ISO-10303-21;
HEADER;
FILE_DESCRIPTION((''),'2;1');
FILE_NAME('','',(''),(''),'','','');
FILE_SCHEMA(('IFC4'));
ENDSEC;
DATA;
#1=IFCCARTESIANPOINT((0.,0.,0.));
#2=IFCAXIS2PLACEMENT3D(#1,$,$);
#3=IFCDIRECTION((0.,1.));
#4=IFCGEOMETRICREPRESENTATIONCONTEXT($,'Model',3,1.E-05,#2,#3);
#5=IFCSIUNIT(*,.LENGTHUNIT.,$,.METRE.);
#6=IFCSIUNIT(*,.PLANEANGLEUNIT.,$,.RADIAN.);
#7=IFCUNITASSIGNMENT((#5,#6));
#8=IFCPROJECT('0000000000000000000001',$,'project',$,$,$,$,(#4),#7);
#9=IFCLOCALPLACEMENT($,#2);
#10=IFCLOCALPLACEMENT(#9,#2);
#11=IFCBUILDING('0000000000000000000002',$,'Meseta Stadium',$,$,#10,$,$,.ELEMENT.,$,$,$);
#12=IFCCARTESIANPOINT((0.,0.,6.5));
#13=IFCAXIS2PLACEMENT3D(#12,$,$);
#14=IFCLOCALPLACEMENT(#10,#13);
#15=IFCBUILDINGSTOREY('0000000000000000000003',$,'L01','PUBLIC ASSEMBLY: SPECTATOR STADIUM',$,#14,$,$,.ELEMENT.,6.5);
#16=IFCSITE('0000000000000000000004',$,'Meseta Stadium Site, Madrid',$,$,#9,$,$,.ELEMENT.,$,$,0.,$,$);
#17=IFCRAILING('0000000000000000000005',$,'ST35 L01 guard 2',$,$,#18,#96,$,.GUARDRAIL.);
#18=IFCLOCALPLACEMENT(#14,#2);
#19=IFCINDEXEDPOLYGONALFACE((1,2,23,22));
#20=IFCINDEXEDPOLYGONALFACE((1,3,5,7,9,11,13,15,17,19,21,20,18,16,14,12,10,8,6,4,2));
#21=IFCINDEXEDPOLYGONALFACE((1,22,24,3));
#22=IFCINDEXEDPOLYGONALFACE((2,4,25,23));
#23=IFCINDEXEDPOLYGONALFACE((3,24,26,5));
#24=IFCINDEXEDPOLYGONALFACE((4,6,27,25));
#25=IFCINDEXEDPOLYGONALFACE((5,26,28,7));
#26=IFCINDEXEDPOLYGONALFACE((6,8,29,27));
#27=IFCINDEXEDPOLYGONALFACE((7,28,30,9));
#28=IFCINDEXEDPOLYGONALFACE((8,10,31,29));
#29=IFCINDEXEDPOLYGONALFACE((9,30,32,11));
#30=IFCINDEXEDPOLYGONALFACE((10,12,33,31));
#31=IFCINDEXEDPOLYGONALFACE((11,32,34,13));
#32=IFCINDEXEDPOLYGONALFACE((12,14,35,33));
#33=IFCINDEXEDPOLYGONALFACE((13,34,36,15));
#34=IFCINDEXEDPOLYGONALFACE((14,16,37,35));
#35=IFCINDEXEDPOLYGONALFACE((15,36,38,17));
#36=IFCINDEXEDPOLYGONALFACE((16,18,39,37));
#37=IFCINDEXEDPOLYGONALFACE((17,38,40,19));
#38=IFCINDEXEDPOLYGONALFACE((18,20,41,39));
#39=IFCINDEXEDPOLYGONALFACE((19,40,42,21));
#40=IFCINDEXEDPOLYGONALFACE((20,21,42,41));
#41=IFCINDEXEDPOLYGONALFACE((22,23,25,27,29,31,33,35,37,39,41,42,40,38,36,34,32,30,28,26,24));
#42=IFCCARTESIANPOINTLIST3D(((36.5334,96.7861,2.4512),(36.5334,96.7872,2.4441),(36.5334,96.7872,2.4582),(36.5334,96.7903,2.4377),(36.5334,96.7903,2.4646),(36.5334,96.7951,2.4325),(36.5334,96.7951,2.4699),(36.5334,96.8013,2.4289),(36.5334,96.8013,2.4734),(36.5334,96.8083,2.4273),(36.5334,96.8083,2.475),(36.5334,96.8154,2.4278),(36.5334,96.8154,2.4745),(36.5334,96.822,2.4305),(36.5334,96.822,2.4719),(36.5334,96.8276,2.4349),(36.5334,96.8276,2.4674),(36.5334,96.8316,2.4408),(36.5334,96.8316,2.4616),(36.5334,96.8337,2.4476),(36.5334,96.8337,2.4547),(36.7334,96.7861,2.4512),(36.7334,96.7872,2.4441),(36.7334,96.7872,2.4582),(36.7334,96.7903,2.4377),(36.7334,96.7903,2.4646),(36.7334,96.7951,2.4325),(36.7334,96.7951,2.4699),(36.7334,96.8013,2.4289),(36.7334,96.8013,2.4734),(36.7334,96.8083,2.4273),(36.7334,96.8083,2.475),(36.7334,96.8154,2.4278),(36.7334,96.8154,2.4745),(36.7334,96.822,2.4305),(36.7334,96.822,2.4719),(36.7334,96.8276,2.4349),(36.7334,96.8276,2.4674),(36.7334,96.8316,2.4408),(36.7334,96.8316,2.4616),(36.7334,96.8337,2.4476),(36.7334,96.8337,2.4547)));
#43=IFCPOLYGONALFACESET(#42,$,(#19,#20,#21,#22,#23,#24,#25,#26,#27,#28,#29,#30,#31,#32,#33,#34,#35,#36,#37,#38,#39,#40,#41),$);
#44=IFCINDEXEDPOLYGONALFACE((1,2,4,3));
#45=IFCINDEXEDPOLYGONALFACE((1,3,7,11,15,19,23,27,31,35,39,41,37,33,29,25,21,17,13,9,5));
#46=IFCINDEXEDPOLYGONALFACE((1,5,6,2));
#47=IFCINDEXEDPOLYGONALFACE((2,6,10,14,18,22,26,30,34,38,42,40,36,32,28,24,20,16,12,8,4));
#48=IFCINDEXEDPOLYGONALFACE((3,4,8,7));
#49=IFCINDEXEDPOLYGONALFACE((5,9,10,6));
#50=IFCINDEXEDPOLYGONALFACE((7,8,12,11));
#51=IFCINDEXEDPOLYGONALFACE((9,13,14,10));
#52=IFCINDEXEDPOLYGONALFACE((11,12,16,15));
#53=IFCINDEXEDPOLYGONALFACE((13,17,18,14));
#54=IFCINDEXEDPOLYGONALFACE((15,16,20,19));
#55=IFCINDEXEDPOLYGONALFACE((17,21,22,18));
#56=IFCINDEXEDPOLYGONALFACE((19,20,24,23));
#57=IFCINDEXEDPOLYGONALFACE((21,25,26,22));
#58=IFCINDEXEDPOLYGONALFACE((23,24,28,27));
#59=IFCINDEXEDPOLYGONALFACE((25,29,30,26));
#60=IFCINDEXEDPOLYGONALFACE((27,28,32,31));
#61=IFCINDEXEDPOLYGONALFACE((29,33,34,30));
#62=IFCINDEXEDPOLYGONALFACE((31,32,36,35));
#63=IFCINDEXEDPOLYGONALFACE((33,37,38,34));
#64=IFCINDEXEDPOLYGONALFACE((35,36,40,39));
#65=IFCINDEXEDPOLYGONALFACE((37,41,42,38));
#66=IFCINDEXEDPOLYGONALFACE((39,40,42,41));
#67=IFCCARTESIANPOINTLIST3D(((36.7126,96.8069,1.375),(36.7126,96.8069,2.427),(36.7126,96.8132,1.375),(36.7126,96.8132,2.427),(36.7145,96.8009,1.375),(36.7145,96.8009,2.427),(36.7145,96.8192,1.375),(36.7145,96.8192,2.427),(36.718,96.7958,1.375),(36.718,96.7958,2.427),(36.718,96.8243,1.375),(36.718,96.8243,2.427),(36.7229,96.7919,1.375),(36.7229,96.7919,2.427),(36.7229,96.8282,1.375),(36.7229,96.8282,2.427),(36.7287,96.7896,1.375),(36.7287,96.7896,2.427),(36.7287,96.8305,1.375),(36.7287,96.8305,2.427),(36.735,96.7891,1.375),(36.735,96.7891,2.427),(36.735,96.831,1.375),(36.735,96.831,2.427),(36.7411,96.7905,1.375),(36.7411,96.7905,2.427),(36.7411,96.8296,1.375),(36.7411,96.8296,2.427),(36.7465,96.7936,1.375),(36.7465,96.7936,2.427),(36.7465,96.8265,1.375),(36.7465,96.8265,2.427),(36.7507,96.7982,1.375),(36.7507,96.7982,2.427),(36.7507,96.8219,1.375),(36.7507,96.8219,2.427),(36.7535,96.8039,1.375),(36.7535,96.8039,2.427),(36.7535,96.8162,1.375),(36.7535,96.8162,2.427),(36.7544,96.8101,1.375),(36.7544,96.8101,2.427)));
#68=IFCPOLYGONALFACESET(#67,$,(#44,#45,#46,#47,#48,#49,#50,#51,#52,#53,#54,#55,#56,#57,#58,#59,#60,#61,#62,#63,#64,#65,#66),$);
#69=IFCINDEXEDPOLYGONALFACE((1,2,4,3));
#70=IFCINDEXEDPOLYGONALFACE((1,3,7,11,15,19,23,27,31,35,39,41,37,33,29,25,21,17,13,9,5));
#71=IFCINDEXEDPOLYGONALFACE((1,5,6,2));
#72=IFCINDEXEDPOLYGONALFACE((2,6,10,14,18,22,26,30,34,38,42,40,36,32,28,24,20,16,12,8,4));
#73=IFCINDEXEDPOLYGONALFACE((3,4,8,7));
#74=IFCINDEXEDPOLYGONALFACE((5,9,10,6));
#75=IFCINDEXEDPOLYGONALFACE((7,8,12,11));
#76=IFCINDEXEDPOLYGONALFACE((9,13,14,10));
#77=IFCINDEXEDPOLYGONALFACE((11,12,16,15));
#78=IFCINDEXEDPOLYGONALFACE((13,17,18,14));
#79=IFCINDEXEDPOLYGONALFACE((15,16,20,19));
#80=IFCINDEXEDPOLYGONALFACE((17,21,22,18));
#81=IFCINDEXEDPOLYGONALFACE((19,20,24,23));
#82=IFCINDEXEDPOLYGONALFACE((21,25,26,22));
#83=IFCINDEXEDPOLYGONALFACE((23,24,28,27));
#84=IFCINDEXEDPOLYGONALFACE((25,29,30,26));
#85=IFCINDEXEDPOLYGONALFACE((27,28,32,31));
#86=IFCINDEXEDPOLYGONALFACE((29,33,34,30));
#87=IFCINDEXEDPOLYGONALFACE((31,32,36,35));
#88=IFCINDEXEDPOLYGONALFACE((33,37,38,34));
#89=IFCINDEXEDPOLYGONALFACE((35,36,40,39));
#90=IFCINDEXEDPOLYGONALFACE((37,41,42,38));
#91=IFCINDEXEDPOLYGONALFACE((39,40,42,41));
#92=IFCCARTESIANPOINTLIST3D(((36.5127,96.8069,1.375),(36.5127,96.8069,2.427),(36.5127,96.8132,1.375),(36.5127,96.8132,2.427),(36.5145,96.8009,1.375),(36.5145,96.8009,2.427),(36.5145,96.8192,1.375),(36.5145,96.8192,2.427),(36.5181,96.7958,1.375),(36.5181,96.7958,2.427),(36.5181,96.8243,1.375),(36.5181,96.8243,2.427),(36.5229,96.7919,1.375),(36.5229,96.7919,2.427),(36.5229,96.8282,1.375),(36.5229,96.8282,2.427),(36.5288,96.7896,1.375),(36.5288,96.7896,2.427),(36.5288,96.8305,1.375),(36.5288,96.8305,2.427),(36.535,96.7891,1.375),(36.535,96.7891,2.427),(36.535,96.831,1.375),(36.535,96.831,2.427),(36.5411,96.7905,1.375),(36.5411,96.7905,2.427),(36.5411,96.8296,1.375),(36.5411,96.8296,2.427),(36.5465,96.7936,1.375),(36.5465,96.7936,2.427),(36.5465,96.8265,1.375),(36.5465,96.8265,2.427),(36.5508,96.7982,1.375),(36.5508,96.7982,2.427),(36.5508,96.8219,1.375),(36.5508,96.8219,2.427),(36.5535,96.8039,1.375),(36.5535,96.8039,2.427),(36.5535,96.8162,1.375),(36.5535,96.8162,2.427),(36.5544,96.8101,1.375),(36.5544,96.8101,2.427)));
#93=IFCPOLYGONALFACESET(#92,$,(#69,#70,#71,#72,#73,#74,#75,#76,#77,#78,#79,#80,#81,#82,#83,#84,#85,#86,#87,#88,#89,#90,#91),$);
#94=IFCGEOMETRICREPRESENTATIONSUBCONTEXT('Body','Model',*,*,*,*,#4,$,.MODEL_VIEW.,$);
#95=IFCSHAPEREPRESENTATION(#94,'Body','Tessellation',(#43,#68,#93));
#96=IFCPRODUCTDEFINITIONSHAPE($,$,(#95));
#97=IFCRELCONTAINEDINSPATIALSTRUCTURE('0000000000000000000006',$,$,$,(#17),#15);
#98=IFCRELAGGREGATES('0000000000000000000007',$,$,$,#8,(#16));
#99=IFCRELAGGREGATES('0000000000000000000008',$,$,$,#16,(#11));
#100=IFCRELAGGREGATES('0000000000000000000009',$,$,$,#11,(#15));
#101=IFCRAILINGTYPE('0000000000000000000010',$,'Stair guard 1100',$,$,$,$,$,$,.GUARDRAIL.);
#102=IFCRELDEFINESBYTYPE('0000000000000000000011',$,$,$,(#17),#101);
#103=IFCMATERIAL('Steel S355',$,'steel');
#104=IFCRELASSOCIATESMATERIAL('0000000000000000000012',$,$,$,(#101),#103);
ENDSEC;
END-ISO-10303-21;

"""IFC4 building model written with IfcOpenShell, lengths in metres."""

from ifc_helpers import new_model, si_unit, direction, frame, origin, origin_2d, place, context, subcontext, project, spatial, circle, extrude, material, type_object, element, save


model = new_model("IFC4")

# Units and contexts
model_context = context("Model", 3, precision=1e-05, world=origin(), true_north=direction((0.0, 1.0)))
body_context = subcontext(model_context, "Body", "Model", "MODEL_VIEW")
ifc_project = project(units=[si_unit("LENGTHUNIT", "METRE"), si_unit("PLANEANGLEUNIT", "RADIAN")], contexts=[model_context])

# Site, building, storey
site_placement = place(None, origin())
site = spatial("IfcSite", under=ifc_project, at=site_placement, Name="Meseta Stadium Site, Madrid", CompositionType="ELEMENT", RefElevation=0.0)
building_placement = place(site_placement, origin())
building = spatial("IfcBuilding", under=site, at=building_placement, Name="Meseta Stadium", CompositionType="ELEMENT")
storey_placement = place(building_placement, frame((0.0, 0.0, 6.5)))
storey = spatial("IfcBuildingStorey", under=building, at=storey_placement, Name="L01", Description="PUBLIC ASSEMBLY: SPECTATOR STADIUM", CompositionType="ELEMENT", Elevation=6.5)

# Railing
ifc_material_1 = material(Name="Steel S355", Category="steel")
railing_type_1 = type_object("IfcRailingType", Name="Stair guard 1100", PredefinedType="GUARDRAIL", material=ifc_material_1)
railing_1_placement = place(storey_placement, frame((36.7334, 96.8101, 1.375)))
element("IfcRailing", 1, at=railing_1_placement, inside=storey, type_object=railing_type_1, Name="ST35 L01 guard 2", PredefinedType="GUARDRAIL", context=body_context, shape_type="SweptSolid", body=[
    extrude(circle(Radius=0.0239, at=origin_2d()), frame((0.0, 0.0, 1.0762), z_axis=(-1.0, 0.0, 0.0), x_axis=(0.0, -1.0, 0.0)), (0.0, 0.0, 1.0), 0.2),
    extrude(circle(Radius=0.021, at=origin_2d()), origin(), (0.0, 0.0, 1.0), 1.052),
    extrude(circle(Radius=0.021, at=origin_2d()), frame((-0.2, 0.0, 0.0)), (0.0, 0.0, 1.0), 1.052),
])

save(model, "model.ifc")
